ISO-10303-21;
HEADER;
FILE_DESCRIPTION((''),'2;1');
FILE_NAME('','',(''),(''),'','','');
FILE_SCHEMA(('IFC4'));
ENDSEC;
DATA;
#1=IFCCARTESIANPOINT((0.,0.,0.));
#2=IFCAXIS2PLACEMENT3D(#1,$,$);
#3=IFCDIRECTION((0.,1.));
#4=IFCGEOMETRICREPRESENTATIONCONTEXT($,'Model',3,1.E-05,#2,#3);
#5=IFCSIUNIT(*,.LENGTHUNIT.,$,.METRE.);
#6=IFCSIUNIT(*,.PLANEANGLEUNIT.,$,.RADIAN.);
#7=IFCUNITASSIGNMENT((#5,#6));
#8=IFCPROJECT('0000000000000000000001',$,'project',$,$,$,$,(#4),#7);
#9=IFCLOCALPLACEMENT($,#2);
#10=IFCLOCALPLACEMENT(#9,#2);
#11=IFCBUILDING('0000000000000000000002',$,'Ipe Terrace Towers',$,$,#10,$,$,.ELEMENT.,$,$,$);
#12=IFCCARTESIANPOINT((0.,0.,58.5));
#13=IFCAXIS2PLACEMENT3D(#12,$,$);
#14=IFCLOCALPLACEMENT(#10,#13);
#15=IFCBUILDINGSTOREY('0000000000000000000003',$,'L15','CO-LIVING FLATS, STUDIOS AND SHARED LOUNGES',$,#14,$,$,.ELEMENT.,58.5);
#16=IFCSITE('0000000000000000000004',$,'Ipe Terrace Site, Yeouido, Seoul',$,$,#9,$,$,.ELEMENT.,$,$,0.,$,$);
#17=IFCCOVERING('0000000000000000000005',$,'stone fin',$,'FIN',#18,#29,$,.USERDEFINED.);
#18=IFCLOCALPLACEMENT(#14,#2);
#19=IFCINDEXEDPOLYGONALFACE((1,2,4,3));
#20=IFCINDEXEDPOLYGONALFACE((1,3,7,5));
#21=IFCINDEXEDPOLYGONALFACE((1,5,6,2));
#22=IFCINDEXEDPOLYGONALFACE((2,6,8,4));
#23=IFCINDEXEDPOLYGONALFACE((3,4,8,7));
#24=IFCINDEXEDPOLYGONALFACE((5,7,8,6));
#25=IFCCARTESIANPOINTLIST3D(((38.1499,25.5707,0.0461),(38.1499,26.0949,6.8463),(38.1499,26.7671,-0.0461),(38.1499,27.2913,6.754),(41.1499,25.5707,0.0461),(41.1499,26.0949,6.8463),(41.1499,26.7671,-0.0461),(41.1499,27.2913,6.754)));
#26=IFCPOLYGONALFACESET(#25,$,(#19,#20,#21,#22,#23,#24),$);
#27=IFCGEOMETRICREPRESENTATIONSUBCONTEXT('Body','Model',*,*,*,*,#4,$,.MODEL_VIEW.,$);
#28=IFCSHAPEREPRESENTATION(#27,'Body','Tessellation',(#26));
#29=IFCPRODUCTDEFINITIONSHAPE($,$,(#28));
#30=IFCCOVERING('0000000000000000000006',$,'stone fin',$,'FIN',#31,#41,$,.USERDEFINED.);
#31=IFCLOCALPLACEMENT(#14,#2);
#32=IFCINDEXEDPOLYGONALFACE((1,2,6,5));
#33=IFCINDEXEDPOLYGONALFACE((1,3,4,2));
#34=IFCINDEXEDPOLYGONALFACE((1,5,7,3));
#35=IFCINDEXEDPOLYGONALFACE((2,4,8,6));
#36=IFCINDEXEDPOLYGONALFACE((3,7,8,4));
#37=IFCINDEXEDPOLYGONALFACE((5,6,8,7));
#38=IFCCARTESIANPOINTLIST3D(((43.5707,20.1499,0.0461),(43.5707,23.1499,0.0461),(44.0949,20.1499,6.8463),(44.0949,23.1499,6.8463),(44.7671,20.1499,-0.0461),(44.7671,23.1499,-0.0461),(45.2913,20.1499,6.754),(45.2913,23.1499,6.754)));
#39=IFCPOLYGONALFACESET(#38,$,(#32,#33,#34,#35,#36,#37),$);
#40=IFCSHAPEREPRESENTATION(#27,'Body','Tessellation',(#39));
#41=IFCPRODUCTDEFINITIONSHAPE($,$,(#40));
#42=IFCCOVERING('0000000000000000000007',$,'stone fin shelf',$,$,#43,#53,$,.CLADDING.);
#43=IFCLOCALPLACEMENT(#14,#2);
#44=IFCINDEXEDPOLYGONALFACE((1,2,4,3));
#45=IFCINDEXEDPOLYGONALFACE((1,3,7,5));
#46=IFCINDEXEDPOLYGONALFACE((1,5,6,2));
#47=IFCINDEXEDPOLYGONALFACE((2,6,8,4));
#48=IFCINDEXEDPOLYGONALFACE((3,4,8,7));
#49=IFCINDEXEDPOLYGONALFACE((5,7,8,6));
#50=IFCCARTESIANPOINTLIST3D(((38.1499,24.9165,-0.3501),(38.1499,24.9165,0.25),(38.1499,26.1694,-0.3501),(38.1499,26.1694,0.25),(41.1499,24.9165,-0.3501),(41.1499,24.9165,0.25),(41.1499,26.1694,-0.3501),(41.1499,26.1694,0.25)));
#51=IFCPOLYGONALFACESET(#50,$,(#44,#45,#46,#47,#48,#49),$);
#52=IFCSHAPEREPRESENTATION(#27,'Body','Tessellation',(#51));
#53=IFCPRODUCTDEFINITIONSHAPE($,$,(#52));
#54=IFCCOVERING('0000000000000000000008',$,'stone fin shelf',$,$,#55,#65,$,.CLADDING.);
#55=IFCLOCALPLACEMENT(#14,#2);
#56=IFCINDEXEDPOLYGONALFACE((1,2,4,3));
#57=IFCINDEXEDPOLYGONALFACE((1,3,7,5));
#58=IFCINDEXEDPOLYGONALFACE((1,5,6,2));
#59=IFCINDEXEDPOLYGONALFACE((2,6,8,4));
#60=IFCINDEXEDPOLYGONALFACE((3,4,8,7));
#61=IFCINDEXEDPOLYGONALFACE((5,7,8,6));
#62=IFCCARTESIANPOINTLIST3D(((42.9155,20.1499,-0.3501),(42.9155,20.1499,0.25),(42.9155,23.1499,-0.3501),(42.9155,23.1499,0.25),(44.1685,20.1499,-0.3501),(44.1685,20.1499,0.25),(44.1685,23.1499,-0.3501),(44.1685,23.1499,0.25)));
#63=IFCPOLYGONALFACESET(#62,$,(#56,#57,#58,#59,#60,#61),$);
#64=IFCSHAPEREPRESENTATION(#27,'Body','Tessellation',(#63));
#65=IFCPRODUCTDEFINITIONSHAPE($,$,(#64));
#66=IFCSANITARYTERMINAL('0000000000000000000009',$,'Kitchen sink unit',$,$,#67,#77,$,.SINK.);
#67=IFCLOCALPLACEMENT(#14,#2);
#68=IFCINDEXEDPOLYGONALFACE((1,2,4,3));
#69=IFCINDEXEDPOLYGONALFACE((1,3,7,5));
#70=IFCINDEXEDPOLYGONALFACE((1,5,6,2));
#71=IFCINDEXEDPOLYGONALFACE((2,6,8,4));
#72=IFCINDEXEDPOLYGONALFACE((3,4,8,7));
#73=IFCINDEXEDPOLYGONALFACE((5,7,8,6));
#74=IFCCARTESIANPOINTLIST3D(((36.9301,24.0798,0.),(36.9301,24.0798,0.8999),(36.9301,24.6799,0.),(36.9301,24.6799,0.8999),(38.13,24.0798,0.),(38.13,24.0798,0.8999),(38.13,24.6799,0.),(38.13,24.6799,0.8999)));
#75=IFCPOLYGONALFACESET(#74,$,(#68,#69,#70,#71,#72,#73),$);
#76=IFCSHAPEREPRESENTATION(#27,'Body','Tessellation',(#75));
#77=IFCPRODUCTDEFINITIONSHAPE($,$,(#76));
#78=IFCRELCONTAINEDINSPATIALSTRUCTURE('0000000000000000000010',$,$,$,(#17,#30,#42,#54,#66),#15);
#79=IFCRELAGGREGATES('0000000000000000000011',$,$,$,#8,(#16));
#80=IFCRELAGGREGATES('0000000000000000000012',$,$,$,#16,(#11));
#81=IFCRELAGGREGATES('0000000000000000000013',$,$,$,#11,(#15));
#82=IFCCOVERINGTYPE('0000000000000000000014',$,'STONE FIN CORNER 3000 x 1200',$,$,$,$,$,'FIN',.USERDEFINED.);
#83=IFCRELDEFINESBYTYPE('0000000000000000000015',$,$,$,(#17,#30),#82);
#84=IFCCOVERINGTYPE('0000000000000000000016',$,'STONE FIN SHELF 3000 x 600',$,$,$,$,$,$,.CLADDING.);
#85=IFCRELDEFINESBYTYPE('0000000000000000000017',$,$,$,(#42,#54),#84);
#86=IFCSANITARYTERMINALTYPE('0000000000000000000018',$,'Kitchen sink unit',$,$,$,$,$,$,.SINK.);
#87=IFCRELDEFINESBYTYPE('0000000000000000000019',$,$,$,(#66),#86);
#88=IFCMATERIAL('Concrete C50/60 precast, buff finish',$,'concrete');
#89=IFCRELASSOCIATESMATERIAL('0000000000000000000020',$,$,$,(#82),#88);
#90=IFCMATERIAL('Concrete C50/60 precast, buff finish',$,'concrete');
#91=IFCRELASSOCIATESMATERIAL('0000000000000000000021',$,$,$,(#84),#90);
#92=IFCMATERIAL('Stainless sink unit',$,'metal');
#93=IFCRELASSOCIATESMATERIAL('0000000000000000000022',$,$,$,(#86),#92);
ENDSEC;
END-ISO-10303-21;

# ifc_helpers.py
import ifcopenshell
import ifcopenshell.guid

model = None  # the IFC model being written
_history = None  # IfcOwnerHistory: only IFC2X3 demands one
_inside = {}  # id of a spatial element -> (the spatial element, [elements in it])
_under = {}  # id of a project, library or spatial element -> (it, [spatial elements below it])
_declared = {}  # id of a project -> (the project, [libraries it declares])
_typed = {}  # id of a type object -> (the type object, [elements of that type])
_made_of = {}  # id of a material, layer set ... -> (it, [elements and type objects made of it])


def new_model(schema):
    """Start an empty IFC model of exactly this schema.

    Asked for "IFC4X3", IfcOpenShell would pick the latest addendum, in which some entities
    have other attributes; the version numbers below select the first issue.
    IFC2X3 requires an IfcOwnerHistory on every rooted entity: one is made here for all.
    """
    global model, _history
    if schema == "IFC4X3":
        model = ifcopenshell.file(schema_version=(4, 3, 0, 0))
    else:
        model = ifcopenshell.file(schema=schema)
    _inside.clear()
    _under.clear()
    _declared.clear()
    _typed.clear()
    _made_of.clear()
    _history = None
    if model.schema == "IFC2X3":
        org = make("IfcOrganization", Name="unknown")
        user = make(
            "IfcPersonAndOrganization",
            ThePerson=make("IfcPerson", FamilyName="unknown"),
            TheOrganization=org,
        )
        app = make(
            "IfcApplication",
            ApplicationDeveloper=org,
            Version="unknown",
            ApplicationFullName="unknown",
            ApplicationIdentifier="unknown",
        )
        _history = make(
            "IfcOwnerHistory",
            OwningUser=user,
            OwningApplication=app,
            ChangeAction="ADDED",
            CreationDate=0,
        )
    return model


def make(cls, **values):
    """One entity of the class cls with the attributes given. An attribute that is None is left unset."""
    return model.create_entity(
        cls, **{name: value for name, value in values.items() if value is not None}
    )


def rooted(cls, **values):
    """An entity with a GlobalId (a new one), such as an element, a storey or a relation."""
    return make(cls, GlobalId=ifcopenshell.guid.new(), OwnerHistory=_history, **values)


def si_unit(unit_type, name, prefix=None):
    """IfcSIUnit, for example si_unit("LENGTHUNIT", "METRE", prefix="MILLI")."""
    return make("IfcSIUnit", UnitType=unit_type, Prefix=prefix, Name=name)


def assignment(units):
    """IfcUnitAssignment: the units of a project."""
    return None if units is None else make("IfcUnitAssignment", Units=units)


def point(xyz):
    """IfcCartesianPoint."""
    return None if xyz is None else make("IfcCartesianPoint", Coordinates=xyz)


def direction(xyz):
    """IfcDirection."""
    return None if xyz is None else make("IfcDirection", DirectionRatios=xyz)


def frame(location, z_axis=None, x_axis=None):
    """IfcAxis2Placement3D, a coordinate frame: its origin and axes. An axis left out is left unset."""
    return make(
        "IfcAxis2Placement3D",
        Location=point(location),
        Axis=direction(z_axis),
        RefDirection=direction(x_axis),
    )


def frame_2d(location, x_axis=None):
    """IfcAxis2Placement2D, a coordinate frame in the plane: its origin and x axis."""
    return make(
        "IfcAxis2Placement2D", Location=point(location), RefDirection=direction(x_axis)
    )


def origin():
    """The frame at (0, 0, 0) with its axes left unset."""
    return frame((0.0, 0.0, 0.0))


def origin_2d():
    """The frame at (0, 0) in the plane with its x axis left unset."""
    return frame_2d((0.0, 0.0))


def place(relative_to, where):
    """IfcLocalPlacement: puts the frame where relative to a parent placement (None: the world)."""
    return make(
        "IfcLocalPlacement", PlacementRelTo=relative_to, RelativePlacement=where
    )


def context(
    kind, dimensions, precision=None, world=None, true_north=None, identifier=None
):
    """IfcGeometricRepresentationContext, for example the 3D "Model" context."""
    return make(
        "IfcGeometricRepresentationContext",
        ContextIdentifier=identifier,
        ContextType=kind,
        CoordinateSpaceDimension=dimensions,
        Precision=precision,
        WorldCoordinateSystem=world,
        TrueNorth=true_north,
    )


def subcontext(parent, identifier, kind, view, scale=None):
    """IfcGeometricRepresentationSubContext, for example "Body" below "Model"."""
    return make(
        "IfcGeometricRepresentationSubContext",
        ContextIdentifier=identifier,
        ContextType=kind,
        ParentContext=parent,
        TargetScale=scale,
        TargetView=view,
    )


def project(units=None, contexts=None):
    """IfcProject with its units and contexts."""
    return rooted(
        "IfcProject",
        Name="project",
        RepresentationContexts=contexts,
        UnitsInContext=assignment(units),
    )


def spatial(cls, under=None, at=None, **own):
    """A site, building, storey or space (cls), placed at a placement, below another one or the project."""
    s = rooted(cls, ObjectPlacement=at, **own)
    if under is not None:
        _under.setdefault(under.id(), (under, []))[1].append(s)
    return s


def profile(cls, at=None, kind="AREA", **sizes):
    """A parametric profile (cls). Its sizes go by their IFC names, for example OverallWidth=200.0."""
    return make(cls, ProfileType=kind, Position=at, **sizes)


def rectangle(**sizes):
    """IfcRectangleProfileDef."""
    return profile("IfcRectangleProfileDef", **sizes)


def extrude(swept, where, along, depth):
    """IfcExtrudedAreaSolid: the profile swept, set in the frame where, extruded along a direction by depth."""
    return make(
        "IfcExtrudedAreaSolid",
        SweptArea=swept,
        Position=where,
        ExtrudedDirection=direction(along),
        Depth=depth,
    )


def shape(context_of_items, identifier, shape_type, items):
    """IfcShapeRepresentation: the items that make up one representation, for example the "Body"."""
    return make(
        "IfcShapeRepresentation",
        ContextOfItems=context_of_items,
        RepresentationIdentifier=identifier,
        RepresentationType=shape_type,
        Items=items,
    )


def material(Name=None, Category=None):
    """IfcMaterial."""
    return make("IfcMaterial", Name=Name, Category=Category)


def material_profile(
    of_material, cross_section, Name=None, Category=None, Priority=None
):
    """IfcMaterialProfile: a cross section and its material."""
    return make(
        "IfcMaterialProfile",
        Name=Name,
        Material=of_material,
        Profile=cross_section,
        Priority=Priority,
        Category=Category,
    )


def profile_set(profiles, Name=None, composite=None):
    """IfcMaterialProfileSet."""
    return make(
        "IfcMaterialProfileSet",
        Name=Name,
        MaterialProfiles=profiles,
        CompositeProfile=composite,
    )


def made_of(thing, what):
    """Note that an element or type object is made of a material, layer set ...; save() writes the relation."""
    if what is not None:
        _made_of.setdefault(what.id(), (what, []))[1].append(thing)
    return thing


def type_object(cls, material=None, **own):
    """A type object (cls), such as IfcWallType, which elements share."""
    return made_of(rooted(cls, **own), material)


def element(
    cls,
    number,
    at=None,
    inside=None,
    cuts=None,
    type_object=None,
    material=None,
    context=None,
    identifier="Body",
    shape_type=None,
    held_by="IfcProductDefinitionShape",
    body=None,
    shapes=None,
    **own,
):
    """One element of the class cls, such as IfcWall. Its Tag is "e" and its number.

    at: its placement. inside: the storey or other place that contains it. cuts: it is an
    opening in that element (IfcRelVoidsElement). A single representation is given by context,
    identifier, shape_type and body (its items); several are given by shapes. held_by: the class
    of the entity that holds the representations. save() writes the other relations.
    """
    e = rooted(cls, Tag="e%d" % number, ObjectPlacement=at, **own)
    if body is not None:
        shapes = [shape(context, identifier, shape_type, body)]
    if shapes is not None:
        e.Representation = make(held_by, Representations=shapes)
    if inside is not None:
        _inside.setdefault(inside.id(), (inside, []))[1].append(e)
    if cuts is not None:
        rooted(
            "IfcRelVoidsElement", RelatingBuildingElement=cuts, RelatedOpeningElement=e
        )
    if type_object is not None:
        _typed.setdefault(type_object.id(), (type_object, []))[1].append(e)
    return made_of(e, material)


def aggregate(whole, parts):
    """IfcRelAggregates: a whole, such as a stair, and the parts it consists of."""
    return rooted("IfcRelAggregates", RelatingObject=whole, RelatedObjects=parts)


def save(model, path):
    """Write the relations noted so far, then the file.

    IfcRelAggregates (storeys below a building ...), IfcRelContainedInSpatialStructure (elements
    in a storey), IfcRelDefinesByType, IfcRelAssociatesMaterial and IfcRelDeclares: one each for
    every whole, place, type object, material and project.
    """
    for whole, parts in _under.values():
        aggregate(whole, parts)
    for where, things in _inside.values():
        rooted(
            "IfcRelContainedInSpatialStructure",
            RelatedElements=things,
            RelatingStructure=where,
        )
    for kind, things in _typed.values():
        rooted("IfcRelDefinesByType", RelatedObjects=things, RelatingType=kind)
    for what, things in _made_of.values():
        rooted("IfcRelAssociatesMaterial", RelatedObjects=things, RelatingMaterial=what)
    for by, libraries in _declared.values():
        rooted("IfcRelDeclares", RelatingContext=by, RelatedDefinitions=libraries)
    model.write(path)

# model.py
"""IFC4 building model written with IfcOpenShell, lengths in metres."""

from ifc_helpers import new_model, si_unit, direction, frame, origin, origin_2d, place, context, subcontext, project, spatial, rectangle, extrude, material, material_profile, profile_set, type_object, element, save


model = new_model("IFC4")

# Units and contexts
model_context = context("Model", 3, precision=1e-05, world=origin(), true_north=direction((0.0, 1.0)))
body_context = subcontext(model_context, "Body", "Model", "MODEL_VIEW")
ifc_project = project(units=[si_unit("LENGTHUNIT", "METRE"), si_unit("PLANEANGLEUNIT", "RADIAN")], contexts=[model_context])

# Site, building, storey
site_placement = place(None, origin())
site = spatial("IfcSite", under=ifc_project, at=site_placement, Name="Ipe Terrace Site, Yeouido, Seoul", CompositionType="ELEMENT", RefElevation=0.0)
building_placement = place(site_placement, origin())
building = spatial("IfcBuilding", under=site, at=building_placement, Name="Ipe Terrace Towers", CompositionType="ELEMENT")
storey_placement = place(building_placement, frame((0.0, 0.0, 58.5)))
storey = spatial("IfcBuildingStorey", under=building, at=storey_placement, Name="L15", Description="CO-LIVING FLATS, STUDIOS AND SHARED LOUNGES", CompositionType="ELEMENT", Elevation=58.5)

# Coverings
ifc_material_1 = material(Name="Concrete C50/60 precast, buff finish", Category="concrete")
ifc_material_profile_1 = material_profile(ifc_material_1, rectangle(XDim=3.0, YDim=1.2, at=origin_2d()), Name="STONE FIN CORNER 3000 x 1200")
ifc_profile_set_1 = profile_set([ifc_material_profile_1], Name="Concrete C50/60 precast, buff finish")
covering_type_1 = type_object("IfcCoveringType", Name="STONE FIN CORNER 3000 x 1200", ElementType="FIN", PredefinedType="USERDEFINED", material=ifc_profile_set_1)
for number, where, z_axis, x_axis, name in (
    (1, (39.6499, 26.1689, 0.0), (0.0, 0.076855, 0.997042), (-1.0, 0.0, 0.0), "stone fin"),
    (2, (44.1689, 21.6499, 0.0), (0.076855, 0.0, 0.997042), (0.0, 1.0, 0.0), "stone fin"),
):
    element("IfcCovering", number, at=place(storey_placement, frame(where, z_axis=z_axis, x_axis=x_axis)), inside=storey, type_object=covering_type_1, Name=name, ObjectType="FIN", PredefinedType="USERDEFINED", context=body_context, shape_type="SweptSolid", body=[
        extrude(rectangle(XDim=3.0, YDim=1.2, at=origin_2d()), origin(), (0.0, 0.0, 1.0), 6.8203),
    ])
ifc_material_2 = material(Name="Concrete C50/60 precast, buff finish", Category="concrete")
covering_type_2 = type_object("IfcCoveringType", Name="STONE FIN SHELF 3000 x 600", PredefinedType="CLADDING", material=ifc_material_2)
for number, where, z_axis, x_axis, name in (
    (3, (39.6499, 25.543, -0.3501), (0.0, 0.0, 1.0), (-1.0, 0.0, 0.0), "stone fin shelf"),
    (4, (43.542, 21.6499, -0.3501), (0.0, 0.0, 1.0), (0.0, 1.0, 0.0), "stone fin shelf"),
):
    element("IfcCovering", number, at=place(storey_placement, frame(where, z_axis=z_axis, x_axis=x_axis)), inside=storey, type_object=covering_type_2, Name=name, PredefinedType="CLADDING", context=body_context, shape_type="SweptSolid", body=[
        extrude(rectangle(XDim=3.0, YDim=1.2529, at=origin_2d()), origin(), (0.0, 0.0, 1.0), 0.6001),
    ])

# Sanitary terminal
ifc_material_3 = material(Name="Stainless sink unit", Category="metal")
sanitary_terminal_type = type_object("IfcSanitaryTerminalType", Name="Kitchen sink unit", PredefinedType="SINK", material=ifc_material_3)
sanitary_terminal_placement = place(storey_placement, frame((37.53, 24.3799, 0.0), z_axis=(0.0, 0.0, 1.0), x_axis=(1.0, 0.0, 0.0)))
element("IfcSanitaryTerminal", 5, at=sanitary_terminal_placement, inside=storey, type_object=sanitary_terminal_type, Name="Kitchen sink unit", PredefinedType="SINK", context=body_context, shape_type="SweptSolid", body=[
    extrude(rectangle(XDim=1.2, YDim=0.6001, at=origin_2d()), origin(), (0.0, 0.0, 1.0), 0.8999),
])

save(model, "model.ifc")
